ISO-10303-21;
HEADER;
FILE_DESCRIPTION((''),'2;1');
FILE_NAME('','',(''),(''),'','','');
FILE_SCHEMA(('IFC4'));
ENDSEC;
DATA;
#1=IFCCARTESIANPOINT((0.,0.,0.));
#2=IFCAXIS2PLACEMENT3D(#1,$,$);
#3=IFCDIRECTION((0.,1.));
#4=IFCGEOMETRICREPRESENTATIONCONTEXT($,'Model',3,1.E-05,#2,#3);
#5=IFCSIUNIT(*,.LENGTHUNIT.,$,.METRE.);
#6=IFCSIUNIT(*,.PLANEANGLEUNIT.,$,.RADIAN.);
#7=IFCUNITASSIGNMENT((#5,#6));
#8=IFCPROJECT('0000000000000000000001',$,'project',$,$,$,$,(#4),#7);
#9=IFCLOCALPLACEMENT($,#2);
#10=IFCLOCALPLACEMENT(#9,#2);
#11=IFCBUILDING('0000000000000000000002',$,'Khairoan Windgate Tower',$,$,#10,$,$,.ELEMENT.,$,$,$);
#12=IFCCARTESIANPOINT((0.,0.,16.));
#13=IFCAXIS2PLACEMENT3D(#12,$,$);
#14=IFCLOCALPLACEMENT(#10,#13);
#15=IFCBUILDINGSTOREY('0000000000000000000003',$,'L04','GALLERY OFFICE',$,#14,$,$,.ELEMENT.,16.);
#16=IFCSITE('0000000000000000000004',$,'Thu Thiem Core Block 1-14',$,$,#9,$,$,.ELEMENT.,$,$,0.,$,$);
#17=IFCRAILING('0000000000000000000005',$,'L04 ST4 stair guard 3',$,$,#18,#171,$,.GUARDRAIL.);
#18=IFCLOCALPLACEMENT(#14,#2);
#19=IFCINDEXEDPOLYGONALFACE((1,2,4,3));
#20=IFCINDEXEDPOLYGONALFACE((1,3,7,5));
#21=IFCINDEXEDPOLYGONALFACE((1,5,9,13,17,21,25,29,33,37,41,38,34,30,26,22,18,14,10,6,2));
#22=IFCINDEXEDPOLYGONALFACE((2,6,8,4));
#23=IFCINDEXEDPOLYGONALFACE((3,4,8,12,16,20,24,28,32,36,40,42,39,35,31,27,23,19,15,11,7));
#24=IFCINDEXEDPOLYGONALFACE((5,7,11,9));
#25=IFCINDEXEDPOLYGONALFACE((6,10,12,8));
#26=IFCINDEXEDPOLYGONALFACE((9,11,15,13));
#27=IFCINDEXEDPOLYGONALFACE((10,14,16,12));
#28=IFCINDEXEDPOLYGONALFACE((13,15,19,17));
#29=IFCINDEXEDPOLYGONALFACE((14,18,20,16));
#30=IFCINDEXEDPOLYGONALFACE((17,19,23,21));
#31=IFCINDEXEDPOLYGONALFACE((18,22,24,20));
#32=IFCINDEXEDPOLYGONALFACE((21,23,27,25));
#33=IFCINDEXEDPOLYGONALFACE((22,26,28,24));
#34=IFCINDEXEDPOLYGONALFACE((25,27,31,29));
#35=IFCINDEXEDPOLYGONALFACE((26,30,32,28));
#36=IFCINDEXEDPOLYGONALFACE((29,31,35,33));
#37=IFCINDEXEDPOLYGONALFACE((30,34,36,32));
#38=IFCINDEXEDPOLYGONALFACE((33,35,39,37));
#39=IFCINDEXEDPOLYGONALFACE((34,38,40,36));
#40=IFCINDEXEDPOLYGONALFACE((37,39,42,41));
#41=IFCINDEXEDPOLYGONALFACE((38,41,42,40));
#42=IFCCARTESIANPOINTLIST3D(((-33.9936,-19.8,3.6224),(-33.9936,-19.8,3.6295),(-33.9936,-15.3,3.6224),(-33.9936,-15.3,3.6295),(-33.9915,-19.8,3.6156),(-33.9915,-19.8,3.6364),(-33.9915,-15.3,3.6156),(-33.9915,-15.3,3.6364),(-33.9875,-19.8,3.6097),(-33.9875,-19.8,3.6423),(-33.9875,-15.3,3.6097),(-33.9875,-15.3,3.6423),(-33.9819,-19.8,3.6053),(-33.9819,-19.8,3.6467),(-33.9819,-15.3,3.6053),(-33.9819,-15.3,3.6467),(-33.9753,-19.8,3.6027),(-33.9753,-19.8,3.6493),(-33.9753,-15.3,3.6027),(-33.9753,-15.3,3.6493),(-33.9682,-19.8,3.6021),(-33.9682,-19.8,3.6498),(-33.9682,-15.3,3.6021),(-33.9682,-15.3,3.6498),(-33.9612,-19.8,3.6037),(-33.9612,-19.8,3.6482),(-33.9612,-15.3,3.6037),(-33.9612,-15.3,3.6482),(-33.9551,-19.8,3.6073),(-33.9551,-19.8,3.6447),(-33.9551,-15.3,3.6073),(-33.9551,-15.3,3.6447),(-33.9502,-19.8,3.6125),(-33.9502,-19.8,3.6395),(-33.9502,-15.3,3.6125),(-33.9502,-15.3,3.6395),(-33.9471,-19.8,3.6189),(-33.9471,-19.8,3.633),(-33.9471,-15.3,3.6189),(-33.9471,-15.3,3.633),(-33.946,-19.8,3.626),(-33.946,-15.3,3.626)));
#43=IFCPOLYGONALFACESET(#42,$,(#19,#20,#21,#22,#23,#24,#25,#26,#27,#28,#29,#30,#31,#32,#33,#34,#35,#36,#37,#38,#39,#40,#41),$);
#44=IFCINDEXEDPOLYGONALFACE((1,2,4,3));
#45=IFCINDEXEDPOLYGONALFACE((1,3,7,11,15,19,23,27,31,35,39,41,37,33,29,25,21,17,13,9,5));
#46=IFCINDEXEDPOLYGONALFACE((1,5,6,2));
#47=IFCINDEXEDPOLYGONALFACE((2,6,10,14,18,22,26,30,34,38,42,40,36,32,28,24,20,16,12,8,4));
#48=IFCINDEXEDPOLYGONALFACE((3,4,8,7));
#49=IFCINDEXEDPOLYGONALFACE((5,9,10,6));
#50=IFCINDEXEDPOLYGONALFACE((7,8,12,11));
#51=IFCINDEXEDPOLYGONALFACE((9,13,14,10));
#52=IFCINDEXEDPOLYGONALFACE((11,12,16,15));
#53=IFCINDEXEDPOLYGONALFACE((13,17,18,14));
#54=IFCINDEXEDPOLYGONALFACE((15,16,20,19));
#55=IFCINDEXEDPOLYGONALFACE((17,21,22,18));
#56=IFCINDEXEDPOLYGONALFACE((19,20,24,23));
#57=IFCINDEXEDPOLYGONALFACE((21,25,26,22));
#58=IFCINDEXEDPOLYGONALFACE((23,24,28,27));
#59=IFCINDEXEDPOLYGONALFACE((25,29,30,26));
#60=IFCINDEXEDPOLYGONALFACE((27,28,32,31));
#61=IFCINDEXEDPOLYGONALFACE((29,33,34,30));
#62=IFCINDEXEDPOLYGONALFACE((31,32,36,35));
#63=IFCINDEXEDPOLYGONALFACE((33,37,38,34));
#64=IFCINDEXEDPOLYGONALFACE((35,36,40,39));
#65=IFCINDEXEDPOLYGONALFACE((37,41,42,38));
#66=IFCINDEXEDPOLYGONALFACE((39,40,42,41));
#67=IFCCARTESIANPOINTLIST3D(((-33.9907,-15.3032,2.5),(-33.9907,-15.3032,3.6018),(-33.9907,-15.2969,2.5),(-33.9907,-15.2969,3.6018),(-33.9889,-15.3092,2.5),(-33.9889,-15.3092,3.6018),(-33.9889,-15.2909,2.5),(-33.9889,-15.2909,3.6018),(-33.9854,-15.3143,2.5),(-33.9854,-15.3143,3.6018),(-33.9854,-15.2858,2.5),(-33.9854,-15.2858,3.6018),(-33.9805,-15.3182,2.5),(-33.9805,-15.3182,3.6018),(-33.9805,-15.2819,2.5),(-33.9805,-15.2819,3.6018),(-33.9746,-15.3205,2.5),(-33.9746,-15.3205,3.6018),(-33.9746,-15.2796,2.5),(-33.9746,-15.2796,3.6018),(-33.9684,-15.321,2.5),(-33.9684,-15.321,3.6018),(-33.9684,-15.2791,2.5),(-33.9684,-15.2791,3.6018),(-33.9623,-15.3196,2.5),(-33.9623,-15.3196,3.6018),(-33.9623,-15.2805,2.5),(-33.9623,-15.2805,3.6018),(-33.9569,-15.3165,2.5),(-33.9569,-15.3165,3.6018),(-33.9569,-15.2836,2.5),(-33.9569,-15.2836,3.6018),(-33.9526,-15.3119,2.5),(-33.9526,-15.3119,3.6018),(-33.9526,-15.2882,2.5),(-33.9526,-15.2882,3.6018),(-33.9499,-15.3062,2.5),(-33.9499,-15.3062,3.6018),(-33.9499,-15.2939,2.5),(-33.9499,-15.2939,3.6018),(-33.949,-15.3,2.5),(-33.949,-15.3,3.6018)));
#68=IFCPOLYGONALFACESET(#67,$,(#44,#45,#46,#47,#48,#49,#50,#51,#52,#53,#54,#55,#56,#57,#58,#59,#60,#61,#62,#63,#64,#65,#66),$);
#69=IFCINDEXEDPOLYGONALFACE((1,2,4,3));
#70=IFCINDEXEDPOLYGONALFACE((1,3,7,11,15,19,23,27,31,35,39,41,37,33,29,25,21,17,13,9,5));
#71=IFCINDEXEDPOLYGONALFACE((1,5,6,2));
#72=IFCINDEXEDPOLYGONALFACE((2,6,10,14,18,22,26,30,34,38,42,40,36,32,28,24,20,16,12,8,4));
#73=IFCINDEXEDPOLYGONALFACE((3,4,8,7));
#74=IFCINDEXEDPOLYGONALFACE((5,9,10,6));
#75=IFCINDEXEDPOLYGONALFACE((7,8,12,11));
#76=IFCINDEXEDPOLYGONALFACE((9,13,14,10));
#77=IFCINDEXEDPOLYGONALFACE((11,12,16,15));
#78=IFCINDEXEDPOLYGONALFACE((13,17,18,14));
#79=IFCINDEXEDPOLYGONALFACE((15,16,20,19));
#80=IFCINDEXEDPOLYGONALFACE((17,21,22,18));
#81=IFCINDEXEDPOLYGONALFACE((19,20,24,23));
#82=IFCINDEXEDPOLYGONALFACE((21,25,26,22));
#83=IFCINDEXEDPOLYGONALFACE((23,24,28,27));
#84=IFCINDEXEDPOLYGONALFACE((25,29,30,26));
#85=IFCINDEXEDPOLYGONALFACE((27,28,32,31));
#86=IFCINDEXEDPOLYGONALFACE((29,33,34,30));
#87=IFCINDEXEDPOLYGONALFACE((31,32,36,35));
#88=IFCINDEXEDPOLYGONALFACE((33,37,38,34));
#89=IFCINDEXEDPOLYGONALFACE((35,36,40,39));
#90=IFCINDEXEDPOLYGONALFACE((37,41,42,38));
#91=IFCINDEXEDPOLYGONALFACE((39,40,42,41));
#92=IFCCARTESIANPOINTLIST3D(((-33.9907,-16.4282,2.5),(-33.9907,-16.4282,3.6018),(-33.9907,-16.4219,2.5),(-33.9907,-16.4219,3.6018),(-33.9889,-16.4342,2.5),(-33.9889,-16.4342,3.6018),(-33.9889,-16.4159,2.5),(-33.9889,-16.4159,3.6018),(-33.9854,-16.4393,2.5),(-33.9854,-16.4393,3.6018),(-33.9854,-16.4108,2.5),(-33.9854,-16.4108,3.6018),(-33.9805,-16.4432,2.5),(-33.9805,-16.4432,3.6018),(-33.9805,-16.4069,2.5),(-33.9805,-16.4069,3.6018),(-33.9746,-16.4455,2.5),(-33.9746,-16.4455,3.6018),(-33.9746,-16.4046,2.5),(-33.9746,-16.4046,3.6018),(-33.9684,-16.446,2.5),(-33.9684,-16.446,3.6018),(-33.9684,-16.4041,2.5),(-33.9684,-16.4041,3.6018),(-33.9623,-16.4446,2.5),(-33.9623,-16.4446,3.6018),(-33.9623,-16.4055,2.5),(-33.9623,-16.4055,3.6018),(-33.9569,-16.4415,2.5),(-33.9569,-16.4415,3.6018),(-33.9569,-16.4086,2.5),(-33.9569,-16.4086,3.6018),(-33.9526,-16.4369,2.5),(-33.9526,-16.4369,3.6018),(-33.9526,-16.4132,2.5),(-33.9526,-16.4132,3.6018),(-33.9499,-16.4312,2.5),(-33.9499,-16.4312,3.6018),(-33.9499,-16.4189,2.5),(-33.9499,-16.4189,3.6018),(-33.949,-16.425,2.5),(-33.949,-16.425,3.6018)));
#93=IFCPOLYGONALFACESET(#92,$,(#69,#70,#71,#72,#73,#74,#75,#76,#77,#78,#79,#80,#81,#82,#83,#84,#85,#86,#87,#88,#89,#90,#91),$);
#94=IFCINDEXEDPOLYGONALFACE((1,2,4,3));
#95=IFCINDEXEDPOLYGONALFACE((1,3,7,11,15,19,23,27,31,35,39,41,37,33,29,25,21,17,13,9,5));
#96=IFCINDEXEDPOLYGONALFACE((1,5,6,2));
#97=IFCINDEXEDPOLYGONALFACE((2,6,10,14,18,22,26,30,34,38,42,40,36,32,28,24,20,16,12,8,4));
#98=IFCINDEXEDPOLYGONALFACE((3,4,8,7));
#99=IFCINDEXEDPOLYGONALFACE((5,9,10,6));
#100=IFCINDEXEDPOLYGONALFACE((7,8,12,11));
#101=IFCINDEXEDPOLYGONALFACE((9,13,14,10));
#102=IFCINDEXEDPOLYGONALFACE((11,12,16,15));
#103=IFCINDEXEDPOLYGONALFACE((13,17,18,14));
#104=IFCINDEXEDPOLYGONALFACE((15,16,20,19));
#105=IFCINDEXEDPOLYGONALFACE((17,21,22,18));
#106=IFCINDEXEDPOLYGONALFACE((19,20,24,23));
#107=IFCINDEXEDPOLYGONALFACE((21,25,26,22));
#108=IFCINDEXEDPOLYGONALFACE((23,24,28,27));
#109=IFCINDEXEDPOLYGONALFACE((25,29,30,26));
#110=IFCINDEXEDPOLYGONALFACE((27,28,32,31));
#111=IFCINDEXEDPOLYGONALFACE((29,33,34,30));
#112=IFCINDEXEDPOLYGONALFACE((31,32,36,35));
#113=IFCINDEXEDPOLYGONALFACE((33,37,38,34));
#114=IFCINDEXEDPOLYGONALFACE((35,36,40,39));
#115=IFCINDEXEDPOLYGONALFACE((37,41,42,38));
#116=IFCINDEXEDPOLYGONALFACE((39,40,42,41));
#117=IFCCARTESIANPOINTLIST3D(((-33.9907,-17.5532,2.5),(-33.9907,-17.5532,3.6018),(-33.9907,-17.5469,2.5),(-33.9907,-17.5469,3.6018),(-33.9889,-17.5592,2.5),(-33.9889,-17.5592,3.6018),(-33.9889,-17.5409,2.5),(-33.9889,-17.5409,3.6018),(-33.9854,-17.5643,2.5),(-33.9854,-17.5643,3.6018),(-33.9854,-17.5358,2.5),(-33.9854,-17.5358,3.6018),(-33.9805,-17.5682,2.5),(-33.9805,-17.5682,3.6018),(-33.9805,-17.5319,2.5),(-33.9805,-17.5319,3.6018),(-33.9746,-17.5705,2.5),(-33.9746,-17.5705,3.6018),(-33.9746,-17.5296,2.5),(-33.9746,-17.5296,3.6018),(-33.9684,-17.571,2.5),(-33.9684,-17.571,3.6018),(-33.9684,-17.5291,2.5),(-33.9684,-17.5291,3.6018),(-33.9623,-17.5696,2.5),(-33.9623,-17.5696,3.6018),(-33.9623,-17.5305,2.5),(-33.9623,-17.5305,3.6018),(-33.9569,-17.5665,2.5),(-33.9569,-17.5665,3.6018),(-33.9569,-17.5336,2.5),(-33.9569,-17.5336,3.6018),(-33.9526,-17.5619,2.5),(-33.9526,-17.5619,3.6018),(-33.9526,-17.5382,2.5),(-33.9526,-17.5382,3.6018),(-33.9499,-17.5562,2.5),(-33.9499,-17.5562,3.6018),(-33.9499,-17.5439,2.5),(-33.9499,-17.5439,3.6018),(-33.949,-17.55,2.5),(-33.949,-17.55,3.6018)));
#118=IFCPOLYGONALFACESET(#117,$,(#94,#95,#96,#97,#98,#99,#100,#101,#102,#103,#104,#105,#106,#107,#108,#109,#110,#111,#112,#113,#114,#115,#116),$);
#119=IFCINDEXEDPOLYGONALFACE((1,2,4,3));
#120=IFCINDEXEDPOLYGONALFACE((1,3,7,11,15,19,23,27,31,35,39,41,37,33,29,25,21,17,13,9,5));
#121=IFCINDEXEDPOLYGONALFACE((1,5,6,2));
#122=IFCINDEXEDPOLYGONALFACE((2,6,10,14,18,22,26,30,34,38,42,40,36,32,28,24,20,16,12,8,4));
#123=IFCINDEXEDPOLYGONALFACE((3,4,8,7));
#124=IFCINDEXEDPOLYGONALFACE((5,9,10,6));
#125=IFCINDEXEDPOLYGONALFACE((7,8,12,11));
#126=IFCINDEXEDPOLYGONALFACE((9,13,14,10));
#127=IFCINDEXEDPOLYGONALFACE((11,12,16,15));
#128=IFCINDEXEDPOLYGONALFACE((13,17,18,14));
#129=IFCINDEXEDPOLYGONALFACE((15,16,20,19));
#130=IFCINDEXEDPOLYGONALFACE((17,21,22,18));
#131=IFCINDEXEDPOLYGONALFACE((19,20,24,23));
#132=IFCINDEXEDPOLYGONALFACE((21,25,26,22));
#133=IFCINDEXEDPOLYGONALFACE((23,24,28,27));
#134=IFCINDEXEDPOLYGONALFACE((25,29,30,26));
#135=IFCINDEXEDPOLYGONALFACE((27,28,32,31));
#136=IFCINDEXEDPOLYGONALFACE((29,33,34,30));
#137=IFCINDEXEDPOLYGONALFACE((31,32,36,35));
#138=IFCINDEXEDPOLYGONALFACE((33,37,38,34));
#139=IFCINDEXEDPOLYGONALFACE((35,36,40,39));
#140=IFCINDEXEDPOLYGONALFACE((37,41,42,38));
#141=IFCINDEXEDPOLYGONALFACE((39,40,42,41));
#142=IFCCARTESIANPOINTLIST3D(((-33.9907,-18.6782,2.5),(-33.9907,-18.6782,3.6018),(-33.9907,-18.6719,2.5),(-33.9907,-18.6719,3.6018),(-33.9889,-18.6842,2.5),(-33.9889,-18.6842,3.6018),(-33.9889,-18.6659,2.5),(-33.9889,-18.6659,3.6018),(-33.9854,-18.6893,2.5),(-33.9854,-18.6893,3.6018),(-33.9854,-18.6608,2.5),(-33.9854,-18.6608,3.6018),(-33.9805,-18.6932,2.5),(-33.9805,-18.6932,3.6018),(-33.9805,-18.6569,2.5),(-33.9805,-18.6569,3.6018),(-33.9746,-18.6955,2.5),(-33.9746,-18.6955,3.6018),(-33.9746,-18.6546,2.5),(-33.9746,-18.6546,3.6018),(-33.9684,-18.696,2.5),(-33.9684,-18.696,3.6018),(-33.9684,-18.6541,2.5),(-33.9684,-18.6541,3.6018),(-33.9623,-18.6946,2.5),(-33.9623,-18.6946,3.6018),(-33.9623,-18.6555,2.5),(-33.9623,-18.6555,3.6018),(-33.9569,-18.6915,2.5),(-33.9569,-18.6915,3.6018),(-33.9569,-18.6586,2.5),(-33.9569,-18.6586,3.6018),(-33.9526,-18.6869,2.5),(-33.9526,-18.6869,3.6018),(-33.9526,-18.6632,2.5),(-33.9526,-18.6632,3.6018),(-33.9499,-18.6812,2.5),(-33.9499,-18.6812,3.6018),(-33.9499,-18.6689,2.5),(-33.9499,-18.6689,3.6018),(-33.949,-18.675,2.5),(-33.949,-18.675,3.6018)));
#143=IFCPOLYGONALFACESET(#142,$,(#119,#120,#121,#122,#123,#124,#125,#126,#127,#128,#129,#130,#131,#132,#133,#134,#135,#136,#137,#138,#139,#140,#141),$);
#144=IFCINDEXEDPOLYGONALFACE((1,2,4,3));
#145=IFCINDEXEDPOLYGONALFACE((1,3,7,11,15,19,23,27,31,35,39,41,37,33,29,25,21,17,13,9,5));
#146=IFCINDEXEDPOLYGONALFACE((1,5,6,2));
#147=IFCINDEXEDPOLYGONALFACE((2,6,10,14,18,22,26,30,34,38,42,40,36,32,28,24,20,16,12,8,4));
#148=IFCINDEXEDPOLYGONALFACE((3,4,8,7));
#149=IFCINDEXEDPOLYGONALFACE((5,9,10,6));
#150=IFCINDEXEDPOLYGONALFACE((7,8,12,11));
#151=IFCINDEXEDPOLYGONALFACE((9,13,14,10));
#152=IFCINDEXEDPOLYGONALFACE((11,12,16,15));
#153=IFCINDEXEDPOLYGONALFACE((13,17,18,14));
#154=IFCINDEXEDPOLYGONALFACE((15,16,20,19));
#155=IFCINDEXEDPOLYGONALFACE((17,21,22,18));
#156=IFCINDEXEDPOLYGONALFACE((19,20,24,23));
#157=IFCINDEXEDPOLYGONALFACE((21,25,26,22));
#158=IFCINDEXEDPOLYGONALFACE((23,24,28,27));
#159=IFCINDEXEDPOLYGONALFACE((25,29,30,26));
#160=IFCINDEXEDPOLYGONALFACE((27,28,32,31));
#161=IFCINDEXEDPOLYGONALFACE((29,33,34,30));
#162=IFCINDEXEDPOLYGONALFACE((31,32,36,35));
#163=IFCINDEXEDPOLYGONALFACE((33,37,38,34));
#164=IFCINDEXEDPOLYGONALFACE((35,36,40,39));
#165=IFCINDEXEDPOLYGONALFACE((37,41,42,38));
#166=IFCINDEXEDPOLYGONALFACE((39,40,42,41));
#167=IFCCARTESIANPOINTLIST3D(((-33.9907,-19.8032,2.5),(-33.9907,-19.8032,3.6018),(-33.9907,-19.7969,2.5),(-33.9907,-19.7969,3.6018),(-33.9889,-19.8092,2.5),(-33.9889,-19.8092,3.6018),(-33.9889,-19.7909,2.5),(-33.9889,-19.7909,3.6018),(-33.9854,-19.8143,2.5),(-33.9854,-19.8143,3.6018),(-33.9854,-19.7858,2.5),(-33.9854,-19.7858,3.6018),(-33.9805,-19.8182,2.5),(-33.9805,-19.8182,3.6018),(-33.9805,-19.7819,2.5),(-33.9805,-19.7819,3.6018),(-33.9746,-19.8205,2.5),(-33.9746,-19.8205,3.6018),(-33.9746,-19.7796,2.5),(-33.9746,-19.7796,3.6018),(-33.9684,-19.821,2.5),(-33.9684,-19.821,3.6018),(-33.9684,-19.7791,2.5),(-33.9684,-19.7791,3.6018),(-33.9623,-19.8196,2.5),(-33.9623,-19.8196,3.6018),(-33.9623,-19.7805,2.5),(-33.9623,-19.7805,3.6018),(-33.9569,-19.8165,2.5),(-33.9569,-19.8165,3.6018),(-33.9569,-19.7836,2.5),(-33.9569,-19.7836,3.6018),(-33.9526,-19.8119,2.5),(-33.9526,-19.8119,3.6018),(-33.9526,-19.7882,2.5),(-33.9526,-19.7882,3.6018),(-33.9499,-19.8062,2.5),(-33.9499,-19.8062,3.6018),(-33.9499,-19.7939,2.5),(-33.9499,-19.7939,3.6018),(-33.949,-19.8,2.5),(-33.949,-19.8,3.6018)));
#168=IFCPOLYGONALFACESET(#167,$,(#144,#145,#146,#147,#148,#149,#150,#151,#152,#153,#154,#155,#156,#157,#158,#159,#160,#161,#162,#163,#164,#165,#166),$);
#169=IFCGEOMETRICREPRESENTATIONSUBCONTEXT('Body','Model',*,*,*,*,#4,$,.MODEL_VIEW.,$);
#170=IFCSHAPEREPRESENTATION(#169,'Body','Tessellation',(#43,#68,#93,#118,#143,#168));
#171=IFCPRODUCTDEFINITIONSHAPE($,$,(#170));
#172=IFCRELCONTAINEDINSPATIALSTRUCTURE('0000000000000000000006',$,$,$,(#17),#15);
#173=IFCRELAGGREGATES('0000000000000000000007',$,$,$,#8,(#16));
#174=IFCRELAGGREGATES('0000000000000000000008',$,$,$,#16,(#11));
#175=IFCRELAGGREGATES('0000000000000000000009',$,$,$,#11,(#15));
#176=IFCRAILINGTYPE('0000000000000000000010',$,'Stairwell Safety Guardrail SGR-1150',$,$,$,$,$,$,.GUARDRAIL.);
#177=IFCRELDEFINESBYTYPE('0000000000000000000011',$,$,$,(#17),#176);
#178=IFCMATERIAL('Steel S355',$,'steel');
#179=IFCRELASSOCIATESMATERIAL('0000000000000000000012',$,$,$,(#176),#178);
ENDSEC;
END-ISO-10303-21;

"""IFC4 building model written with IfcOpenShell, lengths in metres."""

from ifc_helpers import new_model, si_unit, direction, frame, origin, origin_2d, place, context, subcontext, project, spatial, circle, extrude, material, type_object, element, save


model = new_model("IFC4")

# Units and contexts
model_context = context("Model", 3, precision=1e-05, world=origin(), true_north=direction((0.0, 1.0)))
body_context = subcontext(model_context, "Body", "Model", "MODEL_VIEW")
ifc_project = project(units=[si_unit("LENGTHUNIT", "METRE"), si_unit("PLANEANGLEUNIT", "RADIAN")], contexts=[model_context])

# Site, building, storey
site_placement = place(None, origin())
site = spatial("IfcSite", under=ifc_project, at=site_placement, Name="Thu Thiem Core Block 1-14", CompositionType="ELEMENT", RefElevation=0.0)
building_placement = place(site_placement, origin())
building = spatial("IfcBuilding", under=site, at=building_placement, Name="Khairoan Windgate Tower", CompositionType="ELEMENT")
storey_placement = place(building_placement, frame((0.0, 0.0, 16.0)))
storey = spatial("IfcBuildingStorey", under=building, at=storey_placement, Name="L04", Description="GALLERY OFFICE", CompositionType="ELEMENT", Elevation=16.0)

# Railing
ifc_material_1 = material(Name="Steel S355", Category="steel")
railing_type_1 = type_object("IfcRailingType", Name="Stairwell Safety Guardrail SGR-1150", PredefinedType="GUARDRAIL", material=ifc_material_1)
for number, where, name in (
    (1, (-33.97, -15.3, 2.5), "L04 ST4 stair guard 3"),
):
    element("IfcRailing", number, at=place(storey_placement, frame(where)), inside=storey, type_object=railing_type_1, Name=name, PredefinedType="GUARDRAIL", context=body_context, shape_type="SweptSolid", body=[
        extrude(circle(Radius=0.0239, at=origin_2d()), frame((0.0, 0.0, 1.126), z_axis=(0.0, -1.0, 0.0), x_axis=(1.0, 0.0, 0.0)), (0.0, 0.0, 1.0), 4.5),
        extrude(circle(Radius=0.021, at=origin_2d()), origin(), (0.0, 0.0, 1.0), 1.1018),
        extrude(circle(Radius=0.021, at=origin_2d()), frame((0.0, -1.125, 0.0)), (0.0, 0.0, 1.0), 1.1018),
        extrude(circle(Radius=0.021, at=origin_2d()), frame((0.0, -2.25, 0.0)), (0.0, 0.0, 1.0), 1.1018),
        extrude(circle(Radius=0.021, at=origin_2d()), frame((0.0, -3.375, 0.0)), (0.0, 0.0, 1.0), 1.1018),
        extrude(circle(Radius=0.021, at=origin_2d()), frame((0.0, -4.5, 0.0)), (0.0, 0.0, 1.0), 1.1018),
    ])

save(model, "model.ifc")
